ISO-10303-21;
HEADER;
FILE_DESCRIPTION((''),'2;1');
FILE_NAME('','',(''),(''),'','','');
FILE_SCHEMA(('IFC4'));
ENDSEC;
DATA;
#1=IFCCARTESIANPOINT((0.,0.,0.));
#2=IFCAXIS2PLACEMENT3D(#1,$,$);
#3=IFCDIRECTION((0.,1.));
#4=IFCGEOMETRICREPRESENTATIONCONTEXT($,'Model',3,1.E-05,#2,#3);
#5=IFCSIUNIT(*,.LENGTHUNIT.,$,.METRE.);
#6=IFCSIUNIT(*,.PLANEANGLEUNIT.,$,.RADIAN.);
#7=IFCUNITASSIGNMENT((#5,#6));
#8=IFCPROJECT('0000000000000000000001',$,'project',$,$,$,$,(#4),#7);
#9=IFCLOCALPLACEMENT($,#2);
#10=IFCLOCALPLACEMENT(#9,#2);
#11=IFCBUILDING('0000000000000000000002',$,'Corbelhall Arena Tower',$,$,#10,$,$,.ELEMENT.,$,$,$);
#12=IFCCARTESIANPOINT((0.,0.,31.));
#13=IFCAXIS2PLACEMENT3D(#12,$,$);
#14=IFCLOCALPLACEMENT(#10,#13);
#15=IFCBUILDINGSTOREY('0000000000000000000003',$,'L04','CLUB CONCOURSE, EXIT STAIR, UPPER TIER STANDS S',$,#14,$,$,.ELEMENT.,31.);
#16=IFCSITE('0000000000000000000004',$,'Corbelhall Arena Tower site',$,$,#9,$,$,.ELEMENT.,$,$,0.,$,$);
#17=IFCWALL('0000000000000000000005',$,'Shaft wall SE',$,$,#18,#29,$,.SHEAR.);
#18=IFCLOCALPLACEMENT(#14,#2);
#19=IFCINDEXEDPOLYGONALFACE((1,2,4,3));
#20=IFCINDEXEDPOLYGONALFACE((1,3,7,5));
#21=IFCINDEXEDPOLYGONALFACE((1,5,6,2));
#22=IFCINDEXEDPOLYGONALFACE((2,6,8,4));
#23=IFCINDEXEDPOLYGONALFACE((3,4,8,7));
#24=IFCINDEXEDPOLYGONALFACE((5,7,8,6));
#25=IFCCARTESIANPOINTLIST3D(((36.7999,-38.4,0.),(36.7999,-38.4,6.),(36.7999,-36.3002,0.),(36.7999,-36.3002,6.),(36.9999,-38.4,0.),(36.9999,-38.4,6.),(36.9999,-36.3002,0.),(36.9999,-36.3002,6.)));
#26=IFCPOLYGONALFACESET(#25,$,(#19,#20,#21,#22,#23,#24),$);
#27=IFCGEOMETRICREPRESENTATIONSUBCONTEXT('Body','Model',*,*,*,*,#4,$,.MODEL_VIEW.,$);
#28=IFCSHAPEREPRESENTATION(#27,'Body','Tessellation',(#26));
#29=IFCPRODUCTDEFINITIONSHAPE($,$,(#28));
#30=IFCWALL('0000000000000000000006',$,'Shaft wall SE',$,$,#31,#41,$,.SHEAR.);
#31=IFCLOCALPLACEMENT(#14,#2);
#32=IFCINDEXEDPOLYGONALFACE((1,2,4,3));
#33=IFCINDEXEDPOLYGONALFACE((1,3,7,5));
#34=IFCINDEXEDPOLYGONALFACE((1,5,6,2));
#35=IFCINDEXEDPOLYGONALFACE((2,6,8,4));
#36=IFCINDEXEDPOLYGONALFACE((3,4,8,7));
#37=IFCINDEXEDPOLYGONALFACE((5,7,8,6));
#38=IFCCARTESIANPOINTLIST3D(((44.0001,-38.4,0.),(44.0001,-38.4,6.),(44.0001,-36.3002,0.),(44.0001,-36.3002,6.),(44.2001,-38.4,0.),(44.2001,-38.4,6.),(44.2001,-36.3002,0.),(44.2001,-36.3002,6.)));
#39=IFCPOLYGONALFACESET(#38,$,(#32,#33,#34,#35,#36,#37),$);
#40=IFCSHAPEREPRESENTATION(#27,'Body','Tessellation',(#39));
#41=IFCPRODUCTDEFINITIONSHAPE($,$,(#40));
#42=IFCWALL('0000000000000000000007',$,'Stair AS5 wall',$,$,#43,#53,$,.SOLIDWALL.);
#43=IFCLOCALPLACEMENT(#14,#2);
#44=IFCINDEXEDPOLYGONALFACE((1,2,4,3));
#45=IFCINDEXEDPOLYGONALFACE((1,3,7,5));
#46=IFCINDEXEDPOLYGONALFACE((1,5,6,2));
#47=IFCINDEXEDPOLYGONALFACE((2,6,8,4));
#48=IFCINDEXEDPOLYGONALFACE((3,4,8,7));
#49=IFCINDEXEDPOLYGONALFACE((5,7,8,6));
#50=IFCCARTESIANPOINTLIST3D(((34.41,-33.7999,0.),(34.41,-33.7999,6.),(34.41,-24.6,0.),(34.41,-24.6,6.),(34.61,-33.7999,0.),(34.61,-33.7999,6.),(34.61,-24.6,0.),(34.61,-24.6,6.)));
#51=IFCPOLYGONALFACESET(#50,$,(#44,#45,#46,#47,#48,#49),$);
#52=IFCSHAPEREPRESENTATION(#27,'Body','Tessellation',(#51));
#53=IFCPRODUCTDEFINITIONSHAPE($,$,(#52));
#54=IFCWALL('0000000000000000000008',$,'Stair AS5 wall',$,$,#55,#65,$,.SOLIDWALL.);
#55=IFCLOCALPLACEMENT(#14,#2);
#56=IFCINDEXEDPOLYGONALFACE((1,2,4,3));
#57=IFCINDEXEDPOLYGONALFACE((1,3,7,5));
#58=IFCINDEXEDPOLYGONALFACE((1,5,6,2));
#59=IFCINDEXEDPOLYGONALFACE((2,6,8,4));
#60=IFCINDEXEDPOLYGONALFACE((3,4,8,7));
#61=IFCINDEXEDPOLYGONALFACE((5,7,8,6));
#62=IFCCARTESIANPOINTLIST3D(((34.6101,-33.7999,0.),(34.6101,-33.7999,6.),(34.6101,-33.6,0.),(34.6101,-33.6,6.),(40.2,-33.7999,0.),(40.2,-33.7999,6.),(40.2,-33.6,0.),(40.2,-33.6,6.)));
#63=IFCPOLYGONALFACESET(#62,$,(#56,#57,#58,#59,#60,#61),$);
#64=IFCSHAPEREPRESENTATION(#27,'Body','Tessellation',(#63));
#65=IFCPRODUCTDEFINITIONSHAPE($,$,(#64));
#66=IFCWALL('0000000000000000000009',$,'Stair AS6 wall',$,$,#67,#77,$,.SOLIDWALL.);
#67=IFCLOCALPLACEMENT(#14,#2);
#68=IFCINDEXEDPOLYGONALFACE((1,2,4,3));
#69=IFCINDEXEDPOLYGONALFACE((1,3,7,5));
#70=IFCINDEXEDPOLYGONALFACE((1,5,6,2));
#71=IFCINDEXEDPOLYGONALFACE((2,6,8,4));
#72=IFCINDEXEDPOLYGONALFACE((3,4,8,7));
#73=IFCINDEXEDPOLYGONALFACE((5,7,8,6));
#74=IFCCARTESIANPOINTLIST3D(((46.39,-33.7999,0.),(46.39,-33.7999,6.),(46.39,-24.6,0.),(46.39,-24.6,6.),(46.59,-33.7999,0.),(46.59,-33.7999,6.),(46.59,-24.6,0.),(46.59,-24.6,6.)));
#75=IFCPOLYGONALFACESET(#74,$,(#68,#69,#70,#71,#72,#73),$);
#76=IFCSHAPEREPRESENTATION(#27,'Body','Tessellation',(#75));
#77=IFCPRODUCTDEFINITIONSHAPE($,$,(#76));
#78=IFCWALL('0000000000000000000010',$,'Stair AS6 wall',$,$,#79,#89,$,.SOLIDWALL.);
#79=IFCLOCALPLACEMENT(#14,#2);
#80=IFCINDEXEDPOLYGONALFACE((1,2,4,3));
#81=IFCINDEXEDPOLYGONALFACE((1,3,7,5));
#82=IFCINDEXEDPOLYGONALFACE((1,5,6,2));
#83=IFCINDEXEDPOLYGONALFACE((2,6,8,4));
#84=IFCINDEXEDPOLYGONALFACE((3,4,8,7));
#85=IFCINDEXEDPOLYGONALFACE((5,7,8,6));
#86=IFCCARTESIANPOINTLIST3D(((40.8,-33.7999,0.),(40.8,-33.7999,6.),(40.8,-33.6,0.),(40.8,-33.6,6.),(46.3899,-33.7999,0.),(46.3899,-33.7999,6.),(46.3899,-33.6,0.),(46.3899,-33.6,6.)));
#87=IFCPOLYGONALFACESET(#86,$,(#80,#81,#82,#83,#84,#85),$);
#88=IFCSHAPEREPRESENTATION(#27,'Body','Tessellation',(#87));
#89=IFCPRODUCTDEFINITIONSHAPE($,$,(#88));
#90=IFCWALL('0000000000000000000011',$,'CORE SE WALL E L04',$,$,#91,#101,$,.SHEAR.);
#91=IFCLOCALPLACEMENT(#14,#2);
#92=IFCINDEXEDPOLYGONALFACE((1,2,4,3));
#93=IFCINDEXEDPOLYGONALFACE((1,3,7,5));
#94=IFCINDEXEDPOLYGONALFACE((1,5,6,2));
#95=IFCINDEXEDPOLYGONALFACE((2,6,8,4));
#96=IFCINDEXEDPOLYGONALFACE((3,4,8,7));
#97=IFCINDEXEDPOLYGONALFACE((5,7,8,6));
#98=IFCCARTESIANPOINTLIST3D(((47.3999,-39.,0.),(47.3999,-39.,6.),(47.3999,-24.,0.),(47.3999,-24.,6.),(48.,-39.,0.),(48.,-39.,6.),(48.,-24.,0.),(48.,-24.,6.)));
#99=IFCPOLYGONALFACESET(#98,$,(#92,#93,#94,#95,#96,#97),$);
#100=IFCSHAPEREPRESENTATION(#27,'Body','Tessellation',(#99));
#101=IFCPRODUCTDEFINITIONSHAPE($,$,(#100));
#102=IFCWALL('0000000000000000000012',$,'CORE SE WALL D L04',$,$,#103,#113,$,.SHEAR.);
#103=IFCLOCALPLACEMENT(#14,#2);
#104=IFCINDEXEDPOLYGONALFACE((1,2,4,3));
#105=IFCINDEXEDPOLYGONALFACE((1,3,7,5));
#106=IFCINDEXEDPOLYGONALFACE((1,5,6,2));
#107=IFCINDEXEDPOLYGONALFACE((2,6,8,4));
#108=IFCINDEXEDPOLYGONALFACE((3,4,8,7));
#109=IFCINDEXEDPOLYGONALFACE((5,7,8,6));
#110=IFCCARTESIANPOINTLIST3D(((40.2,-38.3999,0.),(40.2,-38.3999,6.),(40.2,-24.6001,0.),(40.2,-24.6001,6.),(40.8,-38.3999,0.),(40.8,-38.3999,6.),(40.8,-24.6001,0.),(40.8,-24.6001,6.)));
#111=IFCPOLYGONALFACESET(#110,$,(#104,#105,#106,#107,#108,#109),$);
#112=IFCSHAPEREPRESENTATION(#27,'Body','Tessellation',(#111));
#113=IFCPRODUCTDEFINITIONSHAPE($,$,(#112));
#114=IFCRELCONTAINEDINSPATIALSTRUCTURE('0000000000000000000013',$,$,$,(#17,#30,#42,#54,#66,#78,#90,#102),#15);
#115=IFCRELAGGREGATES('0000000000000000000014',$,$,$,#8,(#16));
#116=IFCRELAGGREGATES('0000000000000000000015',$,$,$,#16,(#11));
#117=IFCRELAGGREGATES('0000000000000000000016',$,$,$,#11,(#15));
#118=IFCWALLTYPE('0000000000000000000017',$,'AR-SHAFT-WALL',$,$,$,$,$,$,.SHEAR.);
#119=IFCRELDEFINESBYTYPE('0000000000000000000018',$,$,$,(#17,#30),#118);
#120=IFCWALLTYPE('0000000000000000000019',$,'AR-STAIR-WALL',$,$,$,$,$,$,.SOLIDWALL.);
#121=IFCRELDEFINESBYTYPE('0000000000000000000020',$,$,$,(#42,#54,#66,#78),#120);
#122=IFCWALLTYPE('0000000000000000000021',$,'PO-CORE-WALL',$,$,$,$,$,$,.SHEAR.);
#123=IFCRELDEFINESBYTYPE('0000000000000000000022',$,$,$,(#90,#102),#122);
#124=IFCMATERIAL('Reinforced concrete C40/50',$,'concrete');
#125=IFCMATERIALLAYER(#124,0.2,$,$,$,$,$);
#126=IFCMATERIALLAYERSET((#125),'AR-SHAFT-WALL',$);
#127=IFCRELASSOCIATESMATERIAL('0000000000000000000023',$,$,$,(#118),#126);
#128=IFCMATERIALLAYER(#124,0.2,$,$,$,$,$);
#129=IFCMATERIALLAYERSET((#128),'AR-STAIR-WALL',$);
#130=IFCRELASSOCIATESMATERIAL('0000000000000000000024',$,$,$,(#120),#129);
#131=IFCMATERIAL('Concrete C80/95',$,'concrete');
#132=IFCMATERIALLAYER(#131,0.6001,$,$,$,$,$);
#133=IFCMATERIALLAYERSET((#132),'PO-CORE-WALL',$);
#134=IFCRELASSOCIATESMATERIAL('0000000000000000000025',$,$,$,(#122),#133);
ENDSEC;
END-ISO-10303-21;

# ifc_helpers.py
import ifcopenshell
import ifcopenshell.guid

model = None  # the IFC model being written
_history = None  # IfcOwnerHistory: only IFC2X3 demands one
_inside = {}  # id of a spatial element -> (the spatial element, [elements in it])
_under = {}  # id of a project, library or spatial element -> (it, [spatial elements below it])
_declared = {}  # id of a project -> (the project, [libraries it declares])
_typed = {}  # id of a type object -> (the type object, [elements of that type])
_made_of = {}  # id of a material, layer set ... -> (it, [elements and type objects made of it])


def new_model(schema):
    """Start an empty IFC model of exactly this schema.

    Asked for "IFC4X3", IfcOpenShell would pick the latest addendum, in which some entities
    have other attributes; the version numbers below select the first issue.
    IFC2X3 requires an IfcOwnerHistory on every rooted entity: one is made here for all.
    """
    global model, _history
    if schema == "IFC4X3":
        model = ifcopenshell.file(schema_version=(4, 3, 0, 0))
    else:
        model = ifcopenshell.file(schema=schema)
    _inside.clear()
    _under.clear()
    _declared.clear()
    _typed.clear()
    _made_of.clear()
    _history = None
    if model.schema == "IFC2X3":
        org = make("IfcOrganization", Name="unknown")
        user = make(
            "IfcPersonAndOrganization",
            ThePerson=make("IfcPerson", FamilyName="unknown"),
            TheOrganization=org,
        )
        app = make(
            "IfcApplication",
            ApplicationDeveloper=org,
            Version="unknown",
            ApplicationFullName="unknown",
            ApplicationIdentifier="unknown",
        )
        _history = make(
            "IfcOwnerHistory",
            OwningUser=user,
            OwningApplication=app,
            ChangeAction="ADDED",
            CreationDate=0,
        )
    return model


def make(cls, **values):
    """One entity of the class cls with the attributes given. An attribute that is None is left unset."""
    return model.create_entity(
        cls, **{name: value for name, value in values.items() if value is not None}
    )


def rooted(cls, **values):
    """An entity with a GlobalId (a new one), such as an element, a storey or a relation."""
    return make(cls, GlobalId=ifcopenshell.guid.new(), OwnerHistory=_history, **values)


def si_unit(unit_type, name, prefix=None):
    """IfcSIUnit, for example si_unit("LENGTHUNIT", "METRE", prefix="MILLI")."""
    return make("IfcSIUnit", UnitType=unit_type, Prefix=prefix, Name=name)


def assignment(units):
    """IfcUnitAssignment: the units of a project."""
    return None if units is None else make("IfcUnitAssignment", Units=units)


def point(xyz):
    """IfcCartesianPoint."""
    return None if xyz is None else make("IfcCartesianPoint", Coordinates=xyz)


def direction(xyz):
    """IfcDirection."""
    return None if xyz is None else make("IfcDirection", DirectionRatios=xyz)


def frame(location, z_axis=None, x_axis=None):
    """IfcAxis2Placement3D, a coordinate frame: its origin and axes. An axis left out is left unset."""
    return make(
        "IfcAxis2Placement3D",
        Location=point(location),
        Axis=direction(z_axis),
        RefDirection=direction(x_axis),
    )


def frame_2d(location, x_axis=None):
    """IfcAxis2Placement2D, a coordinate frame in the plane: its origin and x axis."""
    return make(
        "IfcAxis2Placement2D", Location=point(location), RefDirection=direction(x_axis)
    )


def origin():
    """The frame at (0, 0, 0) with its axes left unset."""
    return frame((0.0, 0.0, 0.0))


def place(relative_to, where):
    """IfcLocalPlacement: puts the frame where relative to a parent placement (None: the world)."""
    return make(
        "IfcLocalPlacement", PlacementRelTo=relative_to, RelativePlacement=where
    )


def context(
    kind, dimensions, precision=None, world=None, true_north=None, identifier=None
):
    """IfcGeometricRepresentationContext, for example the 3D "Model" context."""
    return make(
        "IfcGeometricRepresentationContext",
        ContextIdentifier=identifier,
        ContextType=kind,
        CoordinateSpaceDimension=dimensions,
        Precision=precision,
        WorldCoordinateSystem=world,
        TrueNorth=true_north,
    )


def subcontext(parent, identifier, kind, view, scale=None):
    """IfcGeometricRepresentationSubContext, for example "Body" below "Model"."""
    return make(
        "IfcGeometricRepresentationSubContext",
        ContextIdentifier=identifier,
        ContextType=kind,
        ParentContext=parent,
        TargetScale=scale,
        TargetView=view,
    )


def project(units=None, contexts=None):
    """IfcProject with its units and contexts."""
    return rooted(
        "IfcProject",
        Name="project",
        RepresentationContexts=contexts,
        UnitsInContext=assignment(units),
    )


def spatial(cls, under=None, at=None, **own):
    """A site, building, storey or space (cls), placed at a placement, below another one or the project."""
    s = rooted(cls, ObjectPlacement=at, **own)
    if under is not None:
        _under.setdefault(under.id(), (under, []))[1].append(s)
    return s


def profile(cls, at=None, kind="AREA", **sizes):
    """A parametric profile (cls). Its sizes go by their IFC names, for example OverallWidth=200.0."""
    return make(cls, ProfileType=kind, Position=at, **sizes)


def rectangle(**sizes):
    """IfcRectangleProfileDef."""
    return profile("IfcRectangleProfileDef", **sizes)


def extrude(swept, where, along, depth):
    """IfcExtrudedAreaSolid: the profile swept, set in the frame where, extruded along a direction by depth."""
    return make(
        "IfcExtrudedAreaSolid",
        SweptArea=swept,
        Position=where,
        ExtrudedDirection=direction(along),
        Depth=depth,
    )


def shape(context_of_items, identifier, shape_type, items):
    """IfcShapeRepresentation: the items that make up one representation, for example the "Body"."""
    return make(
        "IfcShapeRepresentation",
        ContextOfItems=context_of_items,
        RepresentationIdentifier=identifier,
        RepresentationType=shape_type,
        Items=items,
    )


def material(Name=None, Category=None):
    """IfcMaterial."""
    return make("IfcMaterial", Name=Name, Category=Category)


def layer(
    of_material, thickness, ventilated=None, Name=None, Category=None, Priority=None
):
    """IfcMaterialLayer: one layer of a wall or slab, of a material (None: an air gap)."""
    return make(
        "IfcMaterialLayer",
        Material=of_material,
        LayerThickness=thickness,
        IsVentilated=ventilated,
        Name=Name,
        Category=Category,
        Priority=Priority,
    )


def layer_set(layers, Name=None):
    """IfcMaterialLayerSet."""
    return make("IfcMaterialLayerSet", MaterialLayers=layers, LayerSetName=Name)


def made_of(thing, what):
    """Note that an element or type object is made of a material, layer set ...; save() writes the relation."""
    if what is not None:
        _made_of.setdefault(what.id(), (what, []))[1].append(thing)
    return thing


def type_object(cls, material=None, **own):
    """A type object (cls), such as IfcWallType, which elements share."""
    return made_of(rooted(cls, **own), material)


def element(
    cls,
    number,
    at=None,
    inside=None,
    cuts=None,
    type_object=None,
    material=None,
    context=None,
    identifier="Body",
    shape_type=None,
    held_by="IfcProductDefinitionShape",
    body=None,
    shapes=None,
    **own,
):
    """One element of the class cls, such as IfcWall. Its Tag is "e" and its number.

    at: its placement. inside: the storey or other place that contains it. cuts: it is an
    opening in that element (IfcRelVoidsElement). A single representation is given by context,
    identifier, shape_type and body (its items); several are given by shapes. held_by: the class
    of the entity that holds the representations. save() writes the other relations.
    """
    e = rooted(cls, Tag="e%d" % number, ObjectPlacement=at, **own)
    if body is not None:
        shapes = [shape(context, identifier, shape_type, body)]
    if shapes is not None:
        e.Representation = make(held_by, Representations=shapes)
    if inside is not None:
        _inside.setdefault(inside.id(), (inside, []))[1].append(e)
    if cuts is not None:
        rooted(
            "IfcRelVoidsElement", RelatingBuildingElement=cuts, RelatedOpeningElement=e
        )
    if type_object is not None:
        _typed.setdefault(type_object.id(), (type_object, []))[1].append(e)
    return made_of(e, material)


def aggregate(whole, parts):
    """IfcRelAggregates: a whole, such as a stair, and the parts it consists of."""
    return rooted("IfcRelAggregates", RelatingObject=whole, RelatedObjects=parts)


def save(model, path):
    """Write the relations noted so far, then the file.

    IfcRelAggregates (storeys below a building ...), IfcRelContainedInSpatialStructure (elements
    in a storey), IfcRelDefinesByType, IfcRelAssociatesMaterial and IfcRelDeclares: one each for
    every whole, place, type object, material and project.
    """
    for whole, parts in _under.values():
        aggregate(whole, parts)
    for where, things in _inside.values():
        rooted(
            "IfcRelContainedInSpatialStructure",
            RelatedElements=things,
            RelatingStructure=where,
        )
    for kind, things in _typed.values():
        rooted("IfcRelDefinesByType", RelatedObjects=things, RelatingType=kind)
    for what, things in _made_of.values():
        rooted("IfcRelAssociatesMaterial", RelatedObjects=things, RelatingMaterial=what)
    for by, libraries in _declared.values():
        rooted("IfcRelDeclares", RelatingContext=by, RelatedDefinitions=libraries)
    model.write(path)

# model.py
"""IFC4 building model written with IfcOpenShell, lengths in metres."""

from ifc_helpers import new_model, si_unit, direction, frame, frame_2d, origin, place, context, subcontext, project, spatial, rectangle, extrude, material, layer, layer_set, type_object, element, save


model = new_model("IFC4")

# Units and contexts
model_context = context("Model", 3, precision=1e-05, world=origin(), true_north=direction((0.0, 1.0)))
body_context = subcontext(model_context, "Body", "Model", "MODEL_VIEW")
ifc_project = project(units=[si_unit("LENGTHUNIT", "METRE"), si_unit("PLANEANGLEUNIT", "RADIAN")], contexts=[model_context])

# Site, building, storey
site_placement = place(None, origin())
site = spatial("IfcSite", under=ifc_project, at=site_placement, Name="Corbelhall Arena Tower site", CompositionType="ELEMENT", RefElevation=0.0)
building_placement = place(site_placement, origin())
building = spatial("IfcBuilding", under=site, at=building_placement, Name="Corbelhall Arena Tower", CompositionType="ELEMENT")
storey_placement = place(building_placement, frame((0.0, 0.0, 31.0)))
storey = spatial("IfcBuildingStorey", under=building, at=storey_placement, Name="L04", Description="CLUB CONCOURSE, EXIT STAIR, UPPER TIER STANDS S", CompositionType="ELEMENT", Elevation=31.0)

# Shared definitions
ifc_material_1 = material(Name="Reinforced concrete C40/50", Category="concrete")
ifc_layer_1 = layer(ifc_material_1, 0.2)
ifc_layer_set_1 = layer_set([ifc_layer_1], Name="AR-SHAFT-WALL")
wall_type_1 = type_object("IfcWallType", Name="AR-SHAFT-WALL", PredefinedType="SHEAR", material=ifc_layer_set_1)

# Walls
for number, where, z_axis, x_axis, name in (
    (1, (36.8999, -38.3999, 0.0), (0.0, 0.0, 1.0), (0.0, 1.0, 0.0), "Shaft wall SE"),
    (2, (44.1001, -38.3999, 0.0), (0.0, 0.0, 1.0), (0.0, 1.0, 0.0), "Shaft wall SE"),
):
    element("IfcWall", number, at=place(storey_placement, frame(where, z_axis=z_axis, x_axis=x_axis)), inside=storey, type_object=wall_type_1, Name=name, PredefinedType="SHEAR", context=body_context, shape_type="SweptSolid", body=[
        extrude(rectangle(XDim=2.0999, YDim=0.2, at=frame_2d((1.0498, 0.0))), origin(), (0.0, 0.0, 1.0), 6.0),
    ])
ifc_layer_2 = layer(ifc_material_1, 0.2)
ifc_layer_set_2 = layer_set([ifc_layer_2], Name="AR-STAIR-WALL")
wall_type_2 = type_object("IfcWallType", Name="AR-STAIR-WALL", PredefinedType="SOLIDWALL", material=ifc_layer_set_2)
wall_1_placement = place(storey_placement, frame((34.51, -33.8, 0.0), z_axis=(0.0, 0.0, 1.0), x_axis=(0.0, 1.0, 0.0)))
element("IfcWall", 3, at=wall_1_placement, inside=storey, type_object=wall_type_2, Name="Stair AS5 wall", PredefinedType="SOLIDWALL", context=body_context, shape_type="SweptSolid", body=[
    extrude(rectangle(XDim=9.2, YDim=0.2, at=frame_2d((4.6001, 0.0))), origin(), (0.0, 0.0, 1.0), 6.0),
])
wall_2_placement = place(storey_placement, frame((34.6101, -33.7, 0.0), z_axis=(0.0, 0.0, 1.0), x_axis=(1.0, 0.0, 0.0)))
element("IfcWall", 4, at=wall_2_placement, inside=storey, type_object=wall_type_2, Name="Stair AS5 wall", PredefinedType="SOLIDWALL", context=body_context, shape_type="SweptSolid", body=[
    extrude(rectangle(XDim=5.5898, YDim=0.2, at=frame_2d((2.7949, 0.0))), origin(), (0.0, 0.0, 1.0), 6.0),
])
wall_3_placement = place(storey_placement, frame((46.49, -33.8, 0.0), z_axis=(0.0, 0.0, 1.0), x_axis=(0.0, 1.0, 0.0)))
element("IfcWall", 5, at=wall_3_placement, inside=storey, type_object=wall_type_2, Name="Stair AS6 wall", PredefinedType="SOLIDWALL", context=body_context, shape_type="SweptSolid", body=[
    extrude(rectangle(XDim=9.2, YDim=0.2, at=frame_2d((4.6001, 0.0))), origin(), (0.0, 0.0, 1.0), 6.0),
])
wall_4_placement = place(storey_placement, frame((40.8, -33.7, 0.0), z_axis=(0.0, 0.0, 1.0), x_axis=(1.0, 0.0, 0.0)))
element("IfcWall", 6, at=wall_4_placement, inside=storey, type_object=wall_type_2, Name="Stair AS6 wall", PredefinedType="SOLIDWALL", context=body_context, shape_type="SweptSolid", body=[
    extrude(rectangle(XDim=5.5898, YDim=0.2, at=frame_2d((2.7949, 0.0))), origin(), (0.0, 0.0, 1.0), 6.0),
])
ifc_material_2 = material(Name="Concrete C80/95", Category="concrete")
ifc_layer_3 = layer(ifc_material_2, 0.6001)
ifc_layer_set_3 = layer_set([ifc_layer_3], Name="PO-CORE-WALL")
wall_type_3 = type_object("IfcWallType", Name="PO-CORE-WALL", PredefinedType="SHEAR", material=ifc_layer_set_3)
wall_5_placement = place(storey_placement, frame((47.7, -39.0, 0.0), z_axis=(0.0, 0.0, 1.0), x_axis=(0.0, 1.0, 0.0)))
element("IfcWall", 7, at=wall_5_placement, inside=storey, type_object=wall_type_3, Name="CORE SE WALL E L04", PredefinedType="SHEAR", context=body_context, shape_type="SweptSolid", body=[
    extrude(rectangle(XDim=15.0, YDim=0.6001, at=frame_2d((7.5, 0.0))), origin(), (0.0, 0.0, 1.0), 6.0),
])
wall_6_placement = place(storey_placement, frame((40.5, -38.3999, 0.0), z_axis=(0.0, 0.0, 1.0), x_axis=(0.0, 1.0, 0.0)))
element("IfcWall", 8, at=wall_6_placement, inside=storey, type_object=wall_type_3, Name="CORE SE WALL D L04", PredefinedType="SHEAR", context=body_context, shape_type="SweptSolid", body=[
    extrude(rectangle(XDim=13.7998, YDim=0.6001, at=frame_2d((6.8999, 0.0))), origin(), (0.0, 0.0, 1.0), 6.0),
])

save(model, "model.ifc")
